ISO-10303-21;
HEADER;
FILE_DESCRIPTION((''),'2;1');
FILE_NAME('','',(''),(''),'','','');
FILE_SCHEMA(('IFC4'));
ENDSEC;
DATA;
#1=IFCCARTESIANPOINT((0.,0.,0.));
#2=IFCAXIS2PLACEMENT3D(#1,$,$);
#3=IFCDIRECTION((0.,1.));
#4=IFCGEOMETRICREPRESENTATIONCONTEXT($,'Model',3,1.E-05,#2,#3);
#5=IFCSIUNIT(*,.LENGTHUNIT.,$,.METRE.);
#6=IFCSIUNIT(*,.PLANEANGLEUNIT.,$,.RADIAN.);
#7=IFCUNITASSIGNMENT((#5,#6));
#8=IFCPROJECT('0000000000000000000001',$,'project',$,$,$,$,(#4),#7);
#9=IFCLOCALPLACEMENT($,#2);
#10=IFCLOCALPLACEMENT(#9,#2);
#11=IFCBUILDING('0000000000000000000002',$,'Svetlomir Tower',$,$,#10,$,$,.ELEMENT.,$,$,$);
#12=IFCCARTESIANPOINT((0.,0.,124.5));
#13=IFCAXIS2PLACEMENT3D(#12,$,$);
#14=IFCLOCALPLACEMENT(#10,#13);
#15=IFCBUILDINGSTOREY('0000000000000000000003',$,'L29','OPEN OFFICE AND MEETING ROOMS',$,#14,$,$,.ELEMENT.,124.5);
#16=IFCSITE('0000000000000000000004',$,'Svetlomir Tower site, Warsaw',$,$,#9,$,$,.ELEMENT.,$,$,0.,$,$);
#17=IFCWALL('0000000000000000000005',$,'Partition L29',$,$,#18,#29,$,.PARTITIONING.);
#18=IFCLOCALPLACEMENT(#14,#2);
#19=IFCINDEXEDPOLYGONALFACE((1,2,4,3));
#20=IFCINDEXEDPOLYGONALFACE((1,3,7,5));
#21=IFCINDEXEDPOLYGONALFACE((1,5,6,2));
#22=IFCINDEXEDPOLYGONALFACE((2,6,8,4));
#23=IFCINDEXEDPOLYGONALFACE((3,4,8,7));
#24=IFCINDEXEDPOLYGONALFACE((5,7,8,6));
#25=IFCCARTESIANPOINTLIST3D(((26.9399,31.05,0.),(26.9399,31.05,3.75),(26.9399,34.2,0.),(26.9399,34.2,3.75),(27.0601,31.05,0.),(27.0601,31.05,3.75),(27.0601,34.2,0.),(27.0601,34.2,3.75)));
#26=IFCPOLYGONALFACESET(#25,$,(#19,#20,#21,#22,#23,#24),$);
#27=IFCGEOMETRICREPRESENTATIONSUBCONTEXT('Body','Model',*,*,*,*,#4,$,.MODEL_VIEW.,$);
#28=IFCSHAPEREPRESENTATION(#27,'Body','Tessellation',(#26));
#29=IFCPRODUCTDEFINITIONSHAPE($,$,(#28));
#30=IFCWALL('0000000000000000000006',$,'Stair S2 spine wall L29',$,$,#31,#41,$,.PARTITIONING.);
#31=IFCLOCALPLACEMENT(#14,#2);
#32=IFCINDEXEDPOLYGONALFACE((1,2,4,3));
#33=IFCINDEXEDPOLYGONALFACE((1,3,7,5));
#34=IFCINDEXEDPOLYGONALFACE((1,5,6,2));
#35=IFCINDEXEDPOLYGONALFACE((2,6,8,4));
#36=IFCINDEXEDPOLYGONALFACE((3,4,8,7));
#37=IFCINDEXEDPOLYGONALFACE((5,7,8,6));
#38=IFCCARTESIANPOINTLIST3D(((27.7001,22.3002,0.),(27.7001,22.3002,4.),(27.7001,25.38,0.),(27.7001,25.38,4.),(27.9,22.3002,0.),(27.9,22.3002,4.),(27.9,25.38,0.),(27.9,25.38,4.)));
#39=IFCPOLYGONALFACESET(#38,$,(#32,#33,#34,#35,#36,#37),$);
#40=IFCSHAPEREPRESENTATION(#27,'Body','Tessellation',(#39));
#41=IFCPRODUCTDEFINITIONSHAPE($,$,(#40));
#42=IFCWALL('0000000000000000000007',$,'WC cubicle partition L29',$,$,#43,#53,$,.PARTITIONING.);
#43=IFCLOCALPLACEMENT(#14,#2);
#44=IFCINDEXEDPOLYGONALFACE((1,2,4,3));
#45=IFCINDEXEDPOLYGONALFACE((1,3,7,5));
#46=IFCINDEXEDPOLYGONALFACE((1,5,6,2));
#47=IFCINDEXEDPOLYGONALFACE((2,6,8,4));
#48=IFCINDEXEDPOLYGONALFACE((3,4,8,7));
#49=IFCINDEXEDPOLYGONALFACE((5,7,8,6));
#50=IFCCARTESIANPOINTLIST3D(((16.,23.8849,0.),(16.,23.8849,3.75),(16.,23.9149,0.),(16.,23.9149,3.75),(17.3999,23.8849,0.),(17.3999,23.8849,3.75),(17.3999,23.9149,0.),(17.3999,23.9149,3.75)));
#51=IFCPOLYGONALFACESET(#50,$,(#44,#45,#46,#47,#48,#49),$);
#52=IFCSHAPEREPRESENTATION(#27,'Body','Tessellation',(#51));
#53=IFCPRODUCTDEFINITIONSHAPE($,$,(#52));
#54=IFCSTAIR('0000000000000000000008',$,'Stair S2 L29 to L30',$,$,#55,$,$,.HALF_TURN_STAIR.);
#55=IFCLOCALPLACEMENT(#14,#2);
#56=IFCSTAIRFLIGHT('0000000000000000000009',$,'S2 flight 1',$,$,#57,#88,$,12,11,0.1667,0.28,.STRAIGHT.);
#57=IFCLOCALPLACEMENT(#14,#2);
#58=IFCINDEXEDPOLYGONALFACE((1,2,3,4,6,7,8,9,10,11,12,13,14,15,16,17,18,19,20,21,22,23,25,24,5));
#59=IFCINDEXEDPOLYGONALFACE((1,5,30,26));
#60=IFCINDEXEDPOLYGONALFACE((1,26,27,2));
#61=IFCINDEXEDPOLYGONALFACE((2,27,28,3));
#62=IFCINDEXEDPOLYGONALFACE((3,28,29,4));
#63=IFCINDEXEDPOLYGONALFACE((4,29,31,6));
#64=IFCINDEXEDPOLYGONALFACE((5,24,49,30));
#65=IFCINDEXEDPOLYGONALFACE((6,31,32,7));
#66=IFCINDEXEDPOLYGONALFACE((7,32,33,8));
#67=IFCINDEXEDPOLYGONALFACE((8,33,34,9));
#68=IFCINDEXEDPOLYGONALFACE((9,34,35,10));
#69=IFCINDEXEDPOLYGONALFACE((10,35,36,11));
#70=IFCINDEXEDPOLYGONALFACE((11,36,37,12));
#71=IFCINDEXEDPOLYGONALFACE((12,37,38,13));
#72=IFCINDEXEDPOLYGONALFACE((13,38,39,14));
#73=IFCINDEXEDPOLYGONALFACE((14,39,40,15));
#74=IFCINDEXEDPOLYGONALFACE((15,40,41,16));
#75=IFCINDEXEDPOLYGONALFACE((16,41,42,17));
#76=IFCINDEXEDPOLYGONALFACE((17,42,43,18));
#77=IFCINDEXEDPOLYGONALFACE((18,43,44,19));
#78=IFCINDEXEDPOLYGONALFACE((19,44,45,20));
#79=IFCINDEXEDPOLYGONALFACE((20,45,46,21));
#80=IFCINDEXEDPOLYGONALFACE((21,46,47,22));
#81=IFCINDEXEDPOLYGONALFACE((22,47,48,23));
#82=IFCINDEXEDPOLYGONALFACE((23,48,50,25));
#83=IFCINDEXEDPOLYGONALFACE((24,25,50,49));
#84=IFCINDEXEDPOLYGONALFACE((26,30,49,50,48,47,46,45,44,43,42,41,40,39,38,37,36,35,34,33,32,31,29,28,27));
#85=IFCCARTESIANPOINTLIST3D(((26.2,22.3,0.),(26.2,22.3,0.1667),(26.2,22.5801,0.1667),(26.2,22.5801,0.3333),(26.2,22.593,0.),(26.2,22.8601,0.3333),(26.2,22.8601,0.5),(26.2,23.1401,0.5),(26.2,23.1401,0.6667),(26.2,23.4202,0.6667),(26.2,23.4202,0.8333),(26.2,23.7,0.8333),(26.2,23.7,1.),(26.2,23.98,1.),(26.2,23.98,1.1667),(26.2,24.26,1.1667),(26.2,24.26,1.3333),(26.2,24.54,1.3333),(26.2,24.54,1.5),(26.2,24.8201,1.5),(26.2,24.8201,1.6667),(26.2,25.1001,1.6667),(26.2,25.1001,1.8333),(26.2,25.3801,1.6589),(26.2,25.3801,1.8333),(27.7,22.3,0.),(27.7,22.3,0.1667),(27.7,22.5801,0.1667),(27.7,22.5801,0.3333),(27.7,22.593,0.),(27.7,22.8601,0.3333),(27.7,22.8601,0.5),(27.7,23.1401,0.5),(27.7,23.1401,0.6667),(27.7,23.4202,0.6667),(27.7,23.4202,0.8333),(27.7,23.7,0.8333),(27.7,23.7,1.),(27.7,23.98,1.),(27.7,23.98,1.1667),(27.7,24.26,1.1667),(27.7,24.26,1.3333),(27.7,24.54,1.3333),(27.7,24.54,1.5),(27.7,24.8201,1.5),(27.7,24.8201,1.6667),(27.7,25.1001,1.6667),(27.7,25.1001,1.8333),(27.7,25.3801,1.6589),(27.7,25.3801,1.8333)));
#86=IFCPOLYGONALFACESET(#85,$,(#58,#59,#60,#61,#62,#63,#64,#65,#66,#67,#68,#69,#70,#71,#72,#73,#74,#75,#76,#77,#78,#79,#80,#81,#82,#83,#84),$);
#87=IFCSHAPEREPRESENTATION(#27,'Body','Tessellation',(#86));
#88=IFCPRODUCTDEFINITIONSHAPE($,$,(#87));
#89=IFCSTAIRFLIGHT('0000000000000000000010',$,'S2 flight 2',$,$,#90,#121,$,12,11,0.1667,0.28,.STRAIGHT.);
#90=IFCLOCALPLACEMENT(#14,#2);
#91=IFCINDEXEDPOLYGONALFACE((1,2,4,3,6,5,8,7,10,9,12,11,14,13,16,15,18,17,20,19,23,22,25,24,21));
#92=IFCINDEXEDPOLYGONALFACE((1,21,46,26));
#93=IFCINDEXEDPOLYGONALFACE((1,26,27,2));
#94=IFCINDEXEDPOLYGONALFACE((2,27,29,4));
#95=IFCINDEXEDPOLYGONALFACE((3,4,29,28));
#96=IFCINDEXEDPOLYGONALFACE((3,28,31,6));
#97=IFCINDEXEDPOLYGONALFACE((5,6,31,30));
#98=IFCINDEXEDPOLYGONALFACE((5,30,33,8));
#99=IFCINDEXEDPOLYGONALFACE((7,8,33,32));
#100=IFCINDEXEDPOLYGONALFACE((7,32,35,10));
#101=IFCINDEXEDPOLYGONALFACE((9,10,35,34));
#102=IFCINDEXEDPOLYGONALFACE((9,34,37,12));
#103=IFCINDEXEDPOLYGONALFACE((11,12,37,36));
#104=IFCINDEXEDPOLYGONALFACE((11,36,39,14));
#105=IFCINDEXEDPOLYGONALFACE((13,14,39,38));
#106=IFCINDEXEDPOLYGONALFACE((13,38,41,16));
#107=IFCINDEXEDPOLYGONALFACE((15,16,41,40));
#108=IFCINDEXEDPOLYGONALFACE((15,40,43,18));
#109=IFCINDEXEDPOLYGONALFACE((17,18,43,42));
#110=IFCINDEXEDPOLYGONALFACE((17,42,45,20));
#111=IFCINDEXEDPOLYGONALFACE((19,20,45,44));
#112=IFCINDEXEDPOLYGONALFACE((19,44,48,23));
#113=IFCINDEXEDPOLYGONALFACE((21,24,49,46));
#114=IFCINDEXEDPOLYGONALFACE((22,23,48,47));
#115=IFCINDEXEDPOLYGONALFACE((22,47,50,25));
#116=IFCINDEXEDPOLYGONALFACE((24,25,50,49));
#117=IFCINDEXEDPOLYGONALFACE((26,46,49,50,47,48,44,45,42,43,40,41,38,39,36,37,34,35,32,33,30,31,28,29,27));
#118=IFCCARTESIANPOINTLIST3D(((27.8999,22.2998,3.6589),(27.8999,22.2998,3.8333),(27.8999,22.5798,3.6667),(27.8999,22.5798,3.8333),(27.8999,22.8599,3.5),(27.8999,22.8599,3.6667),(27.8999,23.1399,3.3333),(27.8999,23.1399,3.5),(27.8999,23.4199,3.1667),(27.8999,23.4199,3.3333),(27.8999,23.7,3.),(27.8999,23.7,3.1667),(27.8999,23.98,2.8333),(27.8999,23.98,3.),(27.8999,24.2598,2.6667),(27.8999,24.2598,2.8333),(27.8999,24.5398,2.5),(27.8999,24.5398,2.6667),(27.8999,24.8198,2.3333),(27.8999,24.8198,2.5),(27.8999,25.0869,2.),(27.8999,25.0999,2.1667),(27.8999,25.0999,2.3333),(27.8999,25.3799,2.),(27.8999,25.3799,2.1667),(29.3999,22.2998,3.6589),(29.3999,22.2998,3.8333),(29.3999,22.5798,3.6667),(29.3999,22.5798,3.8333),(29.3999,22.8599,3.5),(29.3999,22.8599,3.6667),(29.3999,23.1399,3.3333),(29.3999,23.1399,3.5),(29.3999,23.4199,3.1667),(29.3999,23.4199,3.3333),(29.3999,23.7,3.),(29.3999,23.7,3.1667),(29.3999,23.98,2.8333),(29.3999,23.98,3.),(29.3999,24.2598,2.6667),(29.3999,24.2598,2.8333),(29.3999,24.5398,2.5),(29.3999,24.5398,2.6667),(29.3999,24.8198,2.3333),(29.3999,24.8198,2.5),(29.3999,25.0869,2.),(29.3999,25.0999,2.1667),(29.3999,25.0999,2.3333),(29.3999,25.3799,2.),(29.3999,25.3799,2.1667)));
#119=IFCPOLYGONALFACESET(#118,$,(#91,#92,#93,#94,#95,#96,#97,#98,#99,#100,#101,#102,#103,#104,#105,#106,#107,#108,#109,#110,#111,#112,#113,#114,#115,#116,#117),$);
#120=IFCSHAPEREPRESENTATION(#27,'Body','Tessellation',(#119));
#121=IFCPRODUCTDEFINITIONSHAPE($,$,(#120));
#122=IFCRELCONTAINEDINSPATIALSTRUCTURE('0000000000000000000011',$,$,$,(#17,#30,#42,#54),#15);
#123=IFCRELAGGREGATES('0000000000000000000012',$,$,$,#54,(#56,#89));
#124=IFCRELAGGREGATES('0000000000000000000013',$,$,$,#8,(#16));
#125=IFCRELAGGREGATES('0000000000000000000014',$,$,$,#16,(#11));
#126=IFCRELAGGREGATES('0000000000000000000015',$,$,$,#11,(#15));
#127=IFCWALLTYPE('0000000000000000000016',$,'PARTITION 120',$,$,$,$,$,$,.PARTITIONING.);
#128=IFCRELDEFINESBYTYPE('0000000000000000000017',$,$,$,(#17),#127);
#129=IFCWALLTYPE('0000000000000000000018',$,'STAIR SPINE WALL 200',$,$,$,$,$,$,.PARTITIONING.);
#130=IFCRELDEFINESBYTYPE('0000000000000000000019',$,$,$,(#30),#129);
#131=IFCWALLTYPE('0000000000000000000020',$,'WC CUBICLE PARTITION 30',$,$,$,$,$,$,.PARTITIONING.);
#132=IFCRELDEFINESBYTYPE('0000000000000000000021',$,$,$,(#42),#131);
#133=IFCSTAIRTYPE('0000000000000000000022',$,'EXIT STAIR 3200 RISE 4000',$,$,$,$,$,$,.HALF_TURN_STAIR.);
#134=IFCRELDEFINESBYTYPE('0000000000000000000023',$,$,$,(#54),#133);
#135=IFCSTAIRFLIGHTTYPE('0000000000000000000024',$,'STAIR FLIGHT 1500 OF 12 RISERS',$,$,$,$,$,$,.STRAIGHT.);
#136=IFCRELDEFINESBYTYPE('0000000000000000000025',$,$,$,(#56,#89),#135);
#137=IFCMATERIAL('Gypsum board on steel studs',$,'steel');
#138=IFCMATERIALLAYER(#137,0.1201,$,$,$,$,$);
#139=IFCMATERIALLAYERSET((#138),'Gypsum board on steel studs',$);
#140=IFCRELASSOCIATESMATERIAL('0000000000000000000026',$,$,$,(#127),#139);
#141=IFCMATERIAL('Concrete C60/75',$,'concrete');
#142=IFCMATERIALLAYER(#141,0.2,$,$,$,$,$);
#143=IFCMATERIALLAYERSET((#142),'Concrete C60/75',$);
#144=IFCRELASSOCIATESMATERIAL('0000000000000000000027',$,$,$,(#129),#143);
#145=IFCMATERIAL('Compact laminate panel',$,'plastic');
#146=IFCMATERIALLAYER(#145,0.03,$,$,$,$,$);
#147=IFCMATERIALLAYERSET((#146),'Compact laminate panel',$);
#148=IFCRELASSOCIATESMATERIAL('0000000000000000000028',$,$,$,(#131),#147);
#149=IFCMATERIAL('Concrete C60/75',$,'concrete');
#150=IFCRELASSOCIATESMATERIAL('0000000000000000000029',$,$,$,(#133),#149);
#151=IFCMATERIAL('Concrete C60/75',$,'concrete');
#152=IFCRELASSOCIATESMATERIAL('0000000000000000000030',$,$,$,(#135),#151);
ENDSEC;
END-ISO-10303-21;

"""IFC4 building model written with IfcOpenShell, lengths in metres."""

from ifc_helpers import new_model, si_unit, direction, frame, frame_2d, origin, place, context, subcontext, project, spatial, polyline, rectangle, outline, extrude, material, layer, layer_set, type_object, element, aggregate, save


model = new_model("IFC4")

# Units and contexts
model_context = context("Model", 3, precision=1e-05, world=origin(), true_north=direction((0.0, 1.0)))
body_context = subcontext(model_context, "Body", "Model", "MODEL_VIEW")
ifc_project = project(units=[si_unit("LENGTHUNIT", "METRE"), si_unit("PLANEANGLEUNIT", "RADIAN")], contexts=[model_context])

# Site, building, storey
site_placement = place(None, origin())
site = spatial("IfcSite", under=ifc_project, at=site_placement, Name="Svetlomir Tower site, Warsaw", CompositionType="ELEMENT", RefElevation=0.0)
building_placement = place(site_placement, origin())
building = spatial("IfcBuilding", under=site, at=building_placement, Name="Svetlomir Tower", CompositionType="ELEMENT")
storey_placement = place(building_placement, frame((0.0, 0.0, 124.5)))
storey = spatial("IfcBuildingStorey", under=building, at=storey_placement, Name="L29", Description="OPEN OFFICE AND MEETING ROOMS", CompositionType="ELEMENT", Elevation=124.5)

# Shared definitions
ifc_material_1 = material(Name="Gypsum board on steel studs", Category="steel")
ifc_layer_1 = layer(ifc_material_1, 0.1201)
ifc_layer_set_1 = layer_set([ifc_layer_1], Name="Gypsum board on steel studs")
wall_type_1 = type_object("IfcWallType", Name="PARTITION 120", PredefinedType="PARTITIONING", material=ifc_layer_set_1)

# Walls
wall_1_placement = place(storey_placement, frame((27.0, 31.05, 0.0), z_axis=(0.0, 0.0, 1.0), x_axis=(0.0, 1.0, 0.0)))
element("IfcWall", 1, at=wall_1_placement, inside=storey, type_object=wall_type_1, Name="Partition L29", PredefinedType="PARTITIONING", context=body_context, shape_type="SweptSolid", body=[
    extrude(rectangle(XDim=3.1499, YDim=0.1201, at=frame_2d((1.575, 0.0))), origin(), (0.0, 0.0, 1.0), 3.75),
])
ifc_material_2 = material(Name="Concrete C60/75", Category="concrete")
ifc_layer_2 = layer(ifc_material_2, 0.2)
ifc_layer_set_2 = layer_set([ifc_layer_2], Name="Concrete C60/75")
wall_type_2 = type_object("IfcWallType", Name="STAIR SPINE WALL 200", PredefinedType="PARTITIONING", material=ifc_layer_set_2)
wall_2_placement = place(storey_placement, frame((27.8, 22.3, 0.0), z_axis=(0.0, 0.0, 1.0), x_axis=(0.0, 1.0, 0.0)))
element("IfcWall", 2, at=wall_2_placement, inside=storey, type_object=wall_type_2, Name="Stair S2 spine wall L29", PredefinedType="PARTITIONING", context=body_context, shape_type="SweptSolid", body=[
    extrude(rectangle(XDim=3.0798, YDim=0.2, at=frame_2d((1.54, 0.0))), origin(), (0.0, 0.0, 1.0), 4.0),
])
ifc_material_3 = material(Name="Compact laminate panel", Category="plastic")
ifc_layer_3 = layer(ifc_material_3, 0.03)
ifc_layer_set_3 = layer_set([ifc_layer_3], Name="Compact laminate panel")
wall_type_3 = type_object("IfcWallType", Name="WC CUBICLE PARTITION 30", PredefinedType="PARTITIONING", material=ifc_layer_set_3)
wall_3_placement = place(storey_placement, frame((16.0, 23.8999, 0.0), z_axis=(0.0, 0.0, 1.0), x_axis=(1.0, 0.0, 0.0)))
element("IfcWall", 3, at=wall_3_placement, inside=storey, type_object=wall_type_3, Name="WC cubicle partition L29", PredefinedType="PARTITIONING", context=body_context, shape_type="SweptSolid", body=[
    extrude(rectangle(XDim=1.3999, YDim=0.03, at=frame_2d((0.7, 0.0))), origin(), (0.0, 0.0, 1.0), 3.75),
])

# Stair, stair flights
ifc_material_4 = material(Name="Concrete C60/75", Category="concrete")
stair_type = type_object("IfcStairType", Name="EXIT STAIR 3200 RISE 4000", PredefinedType="HALF_TURN_STAIR", material=ifc_material_4)
stair_placement = place(storey_placement, origin())
stair = element("IfcStair", 4, at=stair_placement, inside=storey, type_object=stair_type, Name="Stair S2 L29 to L30", PredefinedType="HALF_TURN_STAIR")
ifc_material_5 = material(Name="Concrete C60/75", Category="concrete")
stair_flight_type = type_object("IfcStairFlightType", Name="STAIR FLIGHT 1500 OF 12 RISERS", PredefinedType="STRAIGHT", material=ifc_material_5)
stair_flight_1_placement = place(storey_placement, frame((26.95, 22.3, 0.0), z_axis=(0.0, 0.0, 1.0), x_axis=(0.0, 1.0, 0.0)))
stair_flight_1 = element("IfcStairFlight", 5, at=stair_flight_1_placement, type_object=stair_flight_type, Name="S2 flight 1", NumberOfRisers=12, NumberOfTreads=11, PredefinedType="STRAIGHT", RiserHeight=0.1667, TreadLength=0.28, context=body_context, shape_type="SweptSolid", body=[
    extrude(outline(polyline([(0.0, 0.0), (0.0, 0.1667), (0.28, 0.1667), (0.28, 0.3333), (0.5601, 0.3333), (0.5601, 0.5), (0.8401, 0.5), (0.8401, 0.6667), (1.1201, 0.6667), (1.1201, 0.8333), (1.3999, 0.8333), (1.3999, 1.0), (1.6799, 1.0), (1.6799, 1.1667), (1.96, 1.1667), (1.96, 1.3333), (2.24, 1.3333), (2.24, 1.5), (2.52, 1.5), (2.52, 1.6667), (2.8, 1.6667), (2.8, 1.8333), (3.0801, 1.8333), (3.0801, 2.0), (3.0801, 1.6589), (0.293, 0.0), (0.0, 0.0)])), frame((0.0, 0.75, 0.0), z_axis=(0.0, -1.0, 0.0), x_axis=(1.0, 0.0, 0.0)), (0.0, 0.0, 1.0), 1.5),
])
stair_flight_2_placement = place(storey_placement, frame((28.6499, 25.3799, 2.0), z_axis=(0.0, 0.0, 1.0), x_axis=(0.0, -1.0, 0.0)))
stair_flight_2 = element("IfcStairFlight", 6, at=stair_flight_2_placement, type_object=stair_flight_type, Name="S2 flight 2", NumberOfRisers=12, NumberOfTreads=11, PredefinedType="STRAIGHT", RiserHeight=0.1667, TreadLength=0.28, context=body_context, shape_type="SweptSolid", body=[
    extrude(outline(polyline([(0.0, 0.0), (0.0, 0.1667), (0.28, 0.1667), (0.28, 0.3333), (0.5601, 0.3333), (0.5601, 0.5), (0.8401, 0.5), (0.8401, 0.6667), (1.1201, 0.6667), (1.1201, 0.8333), (1.3999, 0.8333), (1.3999, 1.0), (1.6799, 1.0), (1.6799, 1.1667), (1.96, 1.1667), (1.96, 1.3333), (2.24, 1.3333), (2.24, 1.5), (2.52, 1.5), (2.52, 1.6667), (2.8, 1.6667), (2.8, 1.8333), (3.0801, 1.8333), (3.0801, 2.0), (3.0801, 1.6589), (0.293, 0.0), (0.0, 0.0)])), frame((0.0, 0.75, 0.0), z_axis=(0.0, -1.0, 0.0), x_axis=(1.0, 0.0, 0.0)), (0.0, 0.0, 1.0), 1.5),
])
aggregate(stair, [stair_flight_1, stair_flight_2])

save(model, "model.ifc")
